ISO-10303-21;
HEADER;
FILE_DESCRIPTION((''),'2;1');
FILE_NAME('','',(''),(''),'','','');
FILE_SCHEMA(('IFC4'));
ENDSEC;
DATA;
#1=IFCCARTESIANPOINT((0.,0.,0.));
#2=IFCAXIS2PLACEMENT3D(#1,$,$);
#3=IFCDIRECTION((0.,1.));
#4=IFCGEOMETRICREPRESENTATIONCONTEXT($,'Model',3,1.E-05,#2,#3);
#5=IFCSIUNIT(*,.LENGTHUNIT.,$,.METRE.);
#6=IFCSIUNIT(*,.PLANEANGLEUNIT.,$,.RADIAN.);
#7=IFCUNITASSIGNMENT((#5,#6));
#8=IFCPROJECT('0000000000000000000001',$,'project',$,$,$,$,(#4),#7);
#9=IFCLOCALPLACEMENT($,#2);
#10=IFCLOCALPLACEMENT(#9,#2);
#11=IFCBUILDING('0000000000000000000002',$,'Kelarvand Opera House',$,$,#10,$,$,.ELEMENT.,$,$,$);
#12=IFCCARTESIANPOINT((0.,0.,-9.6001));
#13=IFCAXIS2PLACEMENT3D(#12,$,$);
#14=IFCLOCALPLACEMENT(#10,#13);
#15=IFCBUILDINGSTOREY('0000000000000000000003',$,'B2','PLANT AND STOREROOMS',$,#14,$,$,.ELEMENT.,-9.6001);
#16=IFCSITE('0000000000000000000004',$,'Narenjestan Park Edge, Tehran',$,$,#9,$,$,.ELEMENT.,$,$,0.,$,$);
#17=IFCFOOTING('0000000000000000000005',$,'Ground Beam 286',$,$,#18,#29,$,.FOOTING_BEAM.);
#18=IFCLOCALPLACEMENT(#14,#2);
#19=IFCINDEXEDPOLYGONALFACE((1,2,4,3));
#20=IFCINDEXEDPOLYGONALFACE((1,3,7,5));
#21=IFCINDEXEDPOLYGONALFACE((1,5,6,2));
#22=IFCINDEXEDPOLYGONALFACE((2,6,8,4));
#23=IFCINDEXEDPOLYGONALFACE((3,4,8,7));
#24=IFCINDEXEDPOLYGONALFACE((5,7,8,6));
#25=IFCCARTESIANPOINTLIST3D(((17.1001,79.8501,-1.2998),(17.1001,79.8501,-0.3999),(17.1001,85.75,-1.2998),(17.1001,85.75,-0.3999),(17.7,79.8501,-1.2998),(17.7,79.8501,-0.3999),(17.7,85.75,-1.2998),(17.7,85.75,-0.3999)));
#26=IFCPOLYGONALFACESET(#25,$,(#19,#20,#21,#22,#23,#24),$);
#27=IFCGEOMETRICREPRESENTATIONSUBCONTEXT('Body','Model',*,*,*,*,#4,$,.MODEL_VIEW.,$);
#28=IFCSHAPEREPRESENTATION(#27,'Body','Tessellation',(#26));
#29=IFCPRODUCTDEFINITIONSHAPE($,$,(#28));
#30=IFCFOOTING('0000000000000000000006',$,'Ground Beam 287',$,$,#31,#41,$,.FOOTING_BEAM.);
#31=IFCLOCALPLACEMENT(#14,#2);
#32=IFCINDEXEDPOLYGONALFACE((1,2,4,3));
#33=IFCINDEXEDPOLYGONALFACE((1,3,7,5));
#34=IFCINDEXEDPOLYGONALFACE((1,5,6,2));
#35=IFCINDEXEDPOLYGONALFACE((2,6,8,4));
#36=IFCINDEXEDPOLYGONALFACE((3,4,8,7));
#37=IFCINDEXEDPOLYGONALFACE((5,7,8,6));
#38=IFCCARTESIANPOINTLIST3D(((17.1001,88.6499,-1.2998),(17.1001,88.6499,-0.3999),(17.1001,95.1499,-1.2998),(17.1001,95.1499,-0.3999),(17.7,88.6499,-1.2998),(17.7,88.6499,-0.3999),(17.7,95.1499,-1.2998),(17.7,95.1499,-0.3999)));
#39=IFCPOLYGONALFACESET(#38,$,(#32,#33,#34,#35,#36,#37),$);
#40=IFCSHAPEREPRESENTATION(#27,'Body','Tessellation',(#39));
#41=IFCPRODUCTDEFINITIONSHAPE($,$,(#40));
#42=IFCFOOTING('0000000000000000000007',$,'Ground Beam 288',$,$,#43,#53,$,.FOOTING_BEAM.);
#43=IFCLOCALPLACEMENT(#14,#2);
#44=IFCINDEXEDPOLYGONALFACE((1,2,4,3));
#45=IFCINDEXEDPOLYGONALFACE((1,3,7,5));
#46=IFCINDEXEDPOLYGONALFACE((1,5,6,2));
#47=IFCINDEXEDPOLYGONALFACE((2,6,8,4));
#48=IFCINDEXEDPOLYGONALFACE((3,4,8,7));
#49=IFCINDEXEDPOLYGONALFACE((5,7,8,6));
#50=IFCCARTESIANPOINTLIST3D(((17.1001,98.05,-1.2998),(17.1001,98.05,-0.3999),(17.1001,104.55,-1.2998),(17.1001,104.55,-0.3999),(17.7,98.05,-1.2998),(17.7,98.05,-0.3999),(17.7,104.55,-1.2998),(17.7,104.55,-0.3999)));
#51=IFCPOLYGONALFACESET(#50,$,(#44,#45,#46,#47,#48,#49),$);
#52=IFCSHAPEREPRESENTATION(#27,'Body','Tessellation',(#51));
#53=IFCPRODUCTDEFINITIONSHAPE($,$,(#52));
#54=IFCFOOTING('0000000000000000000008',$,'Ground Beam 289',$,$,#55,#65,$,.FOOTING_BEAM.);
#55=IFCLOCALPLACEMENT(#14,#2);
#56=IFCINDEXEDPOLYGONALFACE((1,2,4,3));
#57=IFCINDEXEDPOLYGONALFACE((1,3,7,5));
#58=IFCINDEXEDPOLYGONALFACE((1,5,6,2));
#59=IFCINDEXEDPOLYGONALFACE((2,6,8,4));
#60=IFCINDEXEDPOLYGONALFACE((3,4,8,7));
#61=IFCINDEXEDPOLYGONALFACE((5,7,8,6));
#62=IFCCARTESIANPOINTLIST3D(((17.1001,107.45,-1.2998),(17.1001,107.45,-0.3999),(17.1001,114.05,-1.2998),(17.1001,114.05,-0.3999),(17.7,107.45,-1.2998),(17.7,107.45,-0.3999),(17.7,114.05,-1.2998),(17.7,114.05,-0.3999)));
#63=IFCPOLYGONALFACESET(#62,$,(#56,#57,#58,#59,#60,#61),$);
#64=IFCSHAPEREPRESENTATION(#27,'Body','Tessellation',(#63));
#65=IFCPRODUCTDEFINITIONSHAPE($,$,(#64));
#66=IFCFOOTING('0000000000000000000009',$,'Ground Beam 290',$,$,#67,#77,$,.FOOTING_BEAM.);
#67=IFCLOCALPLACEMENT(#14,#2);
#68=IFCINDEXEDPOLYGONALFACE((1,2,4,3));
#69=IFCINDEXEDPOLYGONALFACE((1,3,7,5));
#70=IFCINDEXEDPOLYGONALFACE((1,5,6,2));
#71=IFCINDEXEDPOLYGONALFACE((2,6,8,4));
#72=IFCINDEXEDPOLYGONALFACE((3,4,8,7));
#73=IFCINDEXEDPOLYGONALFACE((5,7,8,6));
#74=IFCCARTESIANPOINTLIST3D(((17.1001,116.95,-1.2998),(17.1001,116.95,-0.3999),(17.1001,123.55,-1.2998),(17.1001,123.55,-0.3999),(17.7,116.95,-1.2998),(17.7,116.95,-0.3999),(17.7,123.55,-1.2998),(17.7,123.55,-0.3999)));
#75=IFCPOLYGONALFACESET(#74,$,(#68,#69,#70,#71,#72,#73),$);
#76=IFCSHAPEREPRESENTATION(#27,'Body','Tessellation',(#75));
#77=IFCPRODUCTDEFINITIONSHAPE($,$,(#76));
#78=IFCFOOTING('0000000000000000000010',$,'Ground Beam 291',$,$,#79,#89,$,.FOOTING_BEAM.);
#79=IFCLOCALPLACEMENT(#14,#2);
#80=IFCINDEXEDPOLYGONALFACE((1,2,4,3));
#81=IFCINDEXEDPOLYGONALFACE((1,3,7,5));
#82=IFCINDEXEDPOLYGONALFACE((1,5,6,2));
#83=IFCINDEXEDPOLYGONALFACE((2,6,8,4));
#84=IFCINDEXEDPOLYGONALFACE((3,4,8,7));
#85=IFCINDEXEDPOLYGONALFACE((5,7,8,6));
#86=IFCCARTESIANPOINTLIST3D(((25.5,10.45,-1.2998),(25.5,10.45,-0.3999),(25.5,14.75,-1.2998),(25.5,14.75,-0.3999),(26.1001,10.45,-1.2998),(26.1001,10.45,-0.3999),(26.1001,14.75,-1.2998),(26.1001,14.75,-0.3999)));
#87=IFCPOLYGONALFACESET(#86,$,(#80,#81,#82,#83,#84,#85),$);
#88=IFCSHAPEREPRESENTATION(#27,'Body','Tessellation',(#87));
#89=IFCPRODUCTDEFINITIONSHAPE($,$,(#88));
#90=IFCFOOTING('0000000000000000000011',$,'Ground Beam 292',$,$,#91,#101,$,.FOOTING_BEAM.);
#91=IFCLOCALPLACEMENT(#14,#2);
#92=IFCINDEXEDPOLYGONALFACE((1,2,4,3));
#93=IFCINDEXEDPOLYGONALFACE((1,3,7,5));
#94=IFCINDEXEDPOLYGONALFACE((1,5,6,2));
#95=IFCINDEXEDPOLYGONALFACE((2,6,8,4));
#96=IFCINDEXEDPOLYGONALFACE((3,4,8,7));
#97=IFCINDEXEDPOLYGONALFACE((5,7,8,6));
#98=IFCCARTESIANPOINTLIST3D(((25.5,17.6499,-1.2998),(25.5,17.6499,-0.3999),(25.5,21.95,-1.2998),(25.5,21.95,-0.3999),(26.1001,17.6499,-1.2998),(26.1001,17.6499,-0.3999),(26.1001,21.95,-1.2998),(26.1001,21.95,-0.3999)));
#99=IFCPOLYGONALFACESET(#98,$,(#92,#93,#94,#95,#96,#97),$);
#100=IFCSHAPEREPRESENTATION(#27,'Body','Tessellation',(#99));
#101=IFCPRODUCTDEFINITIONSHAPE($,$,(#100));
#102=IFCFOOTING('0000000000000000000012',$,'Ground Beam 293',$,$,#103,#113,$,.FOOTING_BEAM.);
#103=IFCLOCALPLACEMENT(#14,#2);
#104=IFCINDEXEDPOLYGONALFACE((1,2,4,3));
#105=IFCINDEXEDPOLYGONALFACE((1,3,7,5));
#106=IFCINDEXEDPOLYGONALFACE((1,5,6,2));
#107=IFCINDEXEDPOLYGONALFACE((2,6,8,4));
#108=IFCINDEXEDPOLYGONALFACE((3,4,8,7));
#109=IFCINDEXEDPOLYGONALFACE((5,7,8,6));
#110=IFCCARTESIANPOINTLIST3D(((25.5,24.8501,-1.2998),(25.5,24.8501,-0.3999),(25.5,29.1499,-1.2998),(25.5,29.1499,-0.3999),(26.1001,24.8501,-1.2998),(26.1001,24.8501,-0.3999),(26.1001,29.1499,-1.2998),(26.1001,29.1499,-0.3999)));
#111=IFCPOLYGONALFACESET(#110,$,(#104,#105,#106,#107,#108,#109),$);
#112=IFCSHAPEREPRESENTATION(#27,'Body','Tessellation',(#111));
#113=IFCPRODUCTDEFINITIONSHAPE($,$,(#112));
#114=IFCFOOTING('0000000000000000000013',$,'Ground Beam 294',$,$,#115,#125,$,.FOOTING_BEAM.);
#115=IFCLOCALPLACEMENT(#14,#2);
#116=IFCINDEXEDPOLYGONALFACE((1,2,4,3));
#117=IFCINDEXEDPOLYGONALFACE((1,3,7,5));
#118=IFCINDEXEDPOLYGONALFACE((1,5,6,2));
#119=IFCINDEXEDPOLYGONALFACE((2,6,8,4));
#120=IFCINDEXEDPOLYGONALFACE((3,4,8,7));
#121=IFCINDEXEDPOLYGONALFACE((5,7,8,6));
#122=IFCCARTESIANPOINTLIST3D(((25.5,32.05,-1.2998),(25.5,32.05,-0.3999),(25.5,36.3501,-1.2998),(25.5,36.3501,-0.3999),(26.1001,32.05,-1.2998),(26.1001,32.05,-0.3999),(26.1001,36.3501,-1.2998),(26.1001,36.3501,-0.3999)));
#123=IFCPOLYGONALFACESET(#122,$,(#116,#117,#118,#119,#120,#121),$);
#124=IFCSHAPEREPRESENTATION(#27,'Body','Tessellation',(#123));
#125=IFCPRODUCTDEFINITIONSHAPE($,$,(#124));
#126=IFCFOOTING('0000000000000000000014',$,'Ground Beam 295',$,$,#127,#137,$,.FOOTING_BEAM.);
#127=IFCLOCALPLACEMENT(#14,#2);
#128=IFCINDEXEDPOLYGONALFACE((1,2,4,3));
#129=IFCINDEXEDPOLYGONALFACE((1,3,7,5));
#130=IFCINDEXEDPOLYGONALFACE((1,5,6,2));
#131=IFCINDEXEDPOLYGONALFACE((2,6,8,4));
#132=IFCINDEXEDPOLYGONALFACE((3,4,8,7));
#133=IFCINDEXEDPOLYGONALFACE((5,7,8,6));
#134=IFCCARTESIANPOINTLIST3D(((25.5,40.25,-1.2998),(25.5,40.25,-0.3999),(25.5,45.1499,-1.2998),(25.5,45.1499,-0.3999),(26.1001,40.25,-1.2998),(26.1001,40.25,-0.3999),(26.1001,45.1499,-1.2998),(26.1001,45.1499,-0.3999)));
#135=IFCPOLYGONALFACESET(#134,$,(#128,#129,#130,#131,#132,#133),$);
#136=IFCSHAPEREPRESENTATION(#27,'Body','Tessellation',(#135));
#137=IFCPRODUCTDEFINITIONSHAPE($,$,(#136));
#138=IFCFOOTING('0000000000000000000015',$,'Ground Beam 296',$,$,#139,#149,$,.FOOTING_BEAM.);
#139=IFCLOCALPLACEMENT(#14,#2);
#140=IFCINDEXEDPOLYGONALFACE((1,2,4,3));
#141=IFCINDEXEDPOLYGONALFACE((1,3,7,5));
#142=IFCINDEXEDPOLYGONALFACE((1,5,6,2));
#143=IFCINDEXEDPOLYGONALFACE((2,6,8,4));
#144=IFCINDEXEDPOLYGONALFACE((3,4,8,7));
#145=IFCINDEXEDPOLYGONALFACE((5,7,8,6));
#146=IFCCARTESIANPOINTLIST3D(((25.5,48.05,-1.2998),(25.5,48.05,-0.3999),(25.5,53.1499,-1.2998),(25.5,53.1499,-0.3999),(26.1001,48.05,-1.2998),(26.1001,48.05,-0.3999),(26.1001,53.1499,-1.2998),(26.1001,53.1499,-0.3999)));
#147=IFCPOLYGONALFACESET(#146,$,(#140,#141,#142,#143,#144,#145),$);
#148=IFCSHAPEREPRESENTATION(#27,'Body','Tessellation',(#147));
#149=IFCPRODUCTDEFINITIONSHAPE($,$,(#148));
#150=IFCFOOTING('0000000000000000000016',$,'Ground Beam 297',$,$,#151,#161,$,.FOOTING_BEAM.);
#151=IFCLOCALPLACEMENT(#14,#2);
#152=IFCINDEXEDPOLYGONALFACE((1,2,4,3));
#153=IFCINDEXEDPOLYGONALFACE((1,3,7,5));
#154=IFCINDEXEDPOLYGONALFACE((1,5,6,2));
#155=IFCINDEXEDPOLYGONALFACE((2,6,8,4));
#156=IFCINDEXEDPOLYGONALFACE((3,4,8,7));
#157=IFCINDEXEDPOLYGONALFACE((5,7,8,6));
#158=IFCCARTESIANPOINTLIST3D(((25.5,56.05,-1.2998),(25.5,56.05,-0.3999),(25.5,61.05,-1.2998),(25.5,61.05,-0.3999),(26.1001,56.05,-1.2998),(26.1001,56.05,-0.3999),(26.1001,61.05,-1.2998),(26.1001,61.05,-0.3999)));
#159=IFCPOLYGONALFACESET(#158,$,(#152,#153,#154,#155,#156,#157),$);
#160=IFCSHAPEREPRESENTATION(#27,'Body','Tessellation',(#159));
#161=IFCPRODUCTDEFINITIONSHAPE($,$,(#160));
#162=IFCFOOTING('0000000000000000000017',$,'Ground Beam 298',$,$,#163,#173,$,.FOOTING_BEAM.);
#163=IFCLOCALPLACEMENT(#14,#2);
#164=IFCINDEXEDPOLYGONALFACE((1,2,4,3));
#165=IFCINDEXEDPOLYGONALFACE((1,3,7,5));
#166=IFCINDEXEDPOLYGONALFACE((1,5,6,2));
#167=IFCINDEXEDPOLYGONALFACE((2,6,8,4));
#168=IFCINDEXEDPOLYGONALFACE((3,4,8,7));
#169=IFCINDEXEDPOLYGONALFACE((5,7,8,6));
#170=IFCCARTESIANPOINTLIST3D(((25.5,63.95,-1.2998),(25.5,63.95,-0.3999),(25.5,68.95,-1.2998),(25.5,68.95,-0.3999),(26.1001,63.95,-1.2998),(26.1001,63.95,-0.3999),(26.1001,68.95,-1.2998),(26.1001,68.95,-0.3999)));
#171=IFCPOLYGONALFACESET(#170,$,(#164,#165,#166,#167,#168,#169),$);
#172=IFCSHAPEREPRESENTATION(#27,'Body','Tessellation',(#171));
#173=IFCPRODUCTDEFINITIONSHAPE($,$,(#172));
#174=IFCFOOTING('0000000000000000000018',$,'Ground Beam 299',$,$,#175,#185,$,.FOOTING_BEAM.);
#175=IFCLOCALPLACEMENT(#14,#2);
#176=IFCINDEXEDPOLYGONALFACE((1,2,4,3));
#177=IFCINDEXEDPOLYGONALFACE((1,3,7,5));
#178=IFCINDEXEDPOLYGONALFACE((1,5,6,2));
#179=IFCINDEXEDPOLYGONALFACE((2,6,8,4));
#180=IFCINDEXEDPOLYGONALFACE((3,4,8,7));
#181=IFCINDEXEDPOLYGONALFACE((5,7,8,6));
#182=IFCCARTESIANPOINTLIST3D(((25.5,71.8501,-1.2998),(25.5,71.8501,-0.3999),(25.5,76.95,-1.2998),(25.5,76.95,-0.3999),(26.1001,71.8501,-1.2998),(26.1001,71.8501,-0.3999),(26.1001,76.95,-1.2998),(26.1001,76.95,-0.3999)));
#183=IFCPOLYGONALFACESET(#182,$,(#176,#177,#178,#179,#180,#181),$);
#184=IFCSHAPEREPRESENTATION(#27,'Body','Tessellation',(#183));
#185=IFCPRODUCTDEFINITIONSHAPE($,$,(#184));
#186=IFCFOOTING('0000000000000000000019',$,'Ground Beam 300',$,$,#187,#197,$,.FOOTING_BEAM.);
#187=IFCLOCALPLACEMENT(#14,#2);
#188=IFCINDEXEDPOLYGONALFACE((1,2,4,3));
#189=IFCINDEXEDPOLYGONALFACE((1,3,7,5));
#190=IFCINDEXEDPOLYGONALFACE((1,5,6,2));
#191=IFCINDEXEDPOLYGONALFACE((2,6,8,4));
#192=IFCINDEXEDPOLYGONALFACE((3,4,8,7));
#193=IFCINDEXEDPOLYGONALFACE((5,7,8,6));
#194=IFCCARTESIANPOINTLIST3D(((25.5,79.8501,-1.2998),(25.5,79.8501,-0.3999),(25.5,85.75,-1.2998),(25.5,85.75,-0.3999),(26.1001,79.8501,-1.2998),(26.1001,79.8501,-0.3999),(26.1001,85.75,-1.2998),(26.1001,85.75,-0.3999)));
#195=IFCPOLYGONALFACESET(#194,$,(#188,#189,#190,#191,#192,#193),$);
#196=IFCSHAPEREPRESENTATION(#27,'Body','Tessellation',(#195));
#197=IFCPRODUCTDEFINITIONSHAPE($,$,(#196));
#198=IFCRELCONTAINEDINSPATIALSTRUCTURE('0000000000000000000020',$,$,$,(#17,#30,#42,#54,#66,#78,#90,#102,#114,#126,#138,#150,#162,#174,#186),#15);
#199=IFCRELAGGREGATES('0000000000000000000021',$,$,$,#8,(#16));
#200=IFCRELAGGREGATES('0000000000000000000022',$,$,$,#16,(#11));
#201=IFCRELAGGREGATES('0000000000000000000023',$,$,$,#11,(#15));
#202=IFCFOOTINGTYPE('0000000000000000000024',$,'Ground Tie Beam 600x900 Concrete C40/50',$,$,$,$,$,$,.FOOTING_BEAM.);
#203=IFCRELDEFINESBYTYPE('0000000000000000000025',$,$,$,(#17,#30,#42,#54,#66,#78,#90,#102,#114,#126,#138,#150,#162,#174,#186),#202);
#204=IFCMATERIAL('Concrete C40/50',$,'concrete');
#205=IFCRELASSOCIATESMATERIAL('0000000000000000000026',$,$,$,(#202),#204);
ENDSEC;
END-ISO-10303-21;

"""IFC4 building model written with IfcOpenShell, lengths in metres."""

from ifc_helpers import new_model, si_unit, direction, frame, origin, place, context, subcontext, project, spatial, polyline, outline, extrude, material, type_object, element, save


model = new_model("IFC4")

# Units and contexts
model_context = context("Model", 3, precision=1e-05, world=origin(), true_north=direction((0.0, 1.0)))
body_context = subcontext(model_context, "Body", "Model", "MODEL_VIEW")
ifc_project = project(units=[si_unit("LENGTHUNIT", "METRE"), si_unit("PLANEANGLEUNIT", "RADIAN")], contexts=[model_context])

# Site, building, storey
site_placement = place(None, origin())
site = spatial("IfcSite", under=ifc_project, at=site_placement, Name="Narenjestan Park Edge, Tehran", CompositionType="ELEMENT", RefElevation=0.0)
building_placement = place(site_placement, origin())
building = spatial("IfcBuilding", under=site, at=building_placement, Name="Kelarvand Opera House", CompositionType="ELEMENT")
storey_placement = place(building_placement, frame((0.0, 0.0, -9.6001)))
storey = spatial("IfcBuildingStorey", under=building, at=storey_placement, Name="B2", Description="PLANT AND STOREROOMS", CompositionType="ELEMENT", Elevation=-9.6001)

# Footings
ifc_material = material(Name="Concrete C40/50", Category="concrete")
footing_type = type_object("IfcFootingType", Name="Ground Tie Beam 600x900 Concrete C40/50", PredefinedType="FOOTING_BEAM", material=ifc_material)
footing_1_placement = place(storey_placement, frame((0.0, 0.0, -1.2998)))
element("IfcFooting", 1, at=footing_1_placement, inside=storey, type_object=footing_type, Name="Ground Beam 286", PredefinedType="FOOTING_BEAM", context=body_context, shape_type="SweptSolid", body=[
    extrude(outline(polyline([(17.1001, 79.8501), (17.7, 79.8501), (17.7, 85.75), (17.1001, 85.75), (17.1001, 79.8501)])), origin(), (0.0, 0.0, 1.0), 0.8999),
])
footing_2_placement = place(storey_placement, frame((0.0, 0.0, -1.2998)))
element("IfcFooting", 2, at=footing_2_placement, inside=storey, type_object=footing_type, Name="Ground Beam 287", PredefinedType="FOOTING_BEAM", context=body_context, shape_type="SweptSolid", body=[
    extrude(outline(polyline([(17.1001, 88.6499), (17.7, 88.6499), (17.7, 95.1499), (17.1001, 95.1499), (17.1001, 88.6499)])), origin(), (0.0, 0.0, 1.0), 0.8999),
])
footing_3_placement = place(storey_placement, frame((0.0, 0.0, -1.2998)))
element("IfcFooting", 3, at=footing_3_placement, inside=storey, type_object=footing_type, Name="Ground Beam 288", PredefinedType="FOOTING_BEAM", context=body_context, shape_type="SweptSolid", body=[
    extrude(outline(polyline([(17.1001, 98.05), (17.7, 98.05), (17.7, 104.55), (17.1001, 104.55), (17.1001, 98.05)])), origin(), (0.0, 0.0, 1.0), 0.8999),
])
footing_4_placement = place(storey_placement, frame((0.0, 0.0, -1.2998)))
element("IfcFooting", 4, at=footing_4_placement, inside=storey, type_object=footing_type, Name="Ground Beam 289", PredefinedType="FOOTING_BEAM", context=body_context, shape_type="SweptSolid", body=[
    extrude(outline(polyline([(17.1001, 107.45), (17.7, 107.45), (17.7, 114.05), (17.1001, 114.05), (17.1001, 107.45)])), origin(), (0.0, 0.0, 1.0), 0.8999),
])
footing_5_placement = place(storey_placement, frame((0.0, 0.0, -1.2998)))
element("IfcFooting", 5, at=footing_5_placement, inside=storey, type_object=footing_type, Name="Ground Beam 290", PredefinedType="FOOTING_BEAM", context=body_context, shape_type="SweptSolid", body=[
    extrude(outline(polyline([(17.1001, 116.95), (17.7, 116.95), (17.7, 123.55), (17.1001, 123.55), (17.1001, 116.95)])), origin(), (0.0, 0.0, 1.0), 0.8999),
])
footing_6_placement = place(storey_placement, frame((0.0, 0.0, -1.2998)))
element("IfcFooting", 6, at=footing_6_placement, inside=storey, type_object=footing_type, Name="Ground Beam 291", PredefinedType="FOOTING_BEAM", context=body_context, shape_type="SweptSolid", body=[
    extrude(outline(polyline([(25.5, 10.45), (26.1001, 10.45), (26.1001, 14.75), (25.5, 14.75), (25.5, 10.45)])), origin(), (0.0, 0.0, 1.0), 0.8999),
])
footing_7_placement = place(storey_placement, frame((0.0, 0.0, -1.2998)))
element("IfcFooting", 7, at=footing_7_placement, inside=storey, type_object=footing_type, Name="Ground Beam 292", PredefinedType="FOOTING_BEAM", context=body_context, shape_type="SweptSolid", body=[
    extrude(outline(polyline([(25.5, 17.6499), (26.1001, 17.6499), (26.1001, 21.95), (25.5, 21.95), (25.5, 17.6499)])), origin(), (0.0, 0.0, 1.0), 0.8999),
])
footing_8_placement = place(storey_placement, frame((0.0, 0.0, -1.2998)))
element("IfcFooting", 8, at=footing_8_placement, inside=storey, type_object=footing_type, Name="Ground Beam 293", PredefinedType="FOOTING_BEAM", context=body_context, shape_type="SweptSolid", body=[
    extrude(outline(polyline([(25.5, 24.8501), (26.1001, 24.8501), (26.1001, 29.1499), (25.5, 29.1499), (25.5, 24.8501)])), origin(), (0.0, 0.0, 1.0), 0.8999),
])
footing_9_placement = place(storey_placement, frame((0.0, 0.0, -1.2998)))
element("IfcFooting", 9, at=footing_9_placement, inside=storey, type_object=footing_type, Name="Ground Beam 294", PredefinedType="FOOTING_BEAM", context=body_context, shape_type="SweptSolid", body=[
    extrude(outline(polyline([(25.5, 32.05), (26.1001, 32.05), (26.1001, 36.3501), (25.5, 36.3501), (25.5, 32.05)])), origin(), (0.0, 0.0, 1.0), 0.8999),
])
footing_10_placement = place(storey_placement, frame((0.0, 0.0, -1.2998)))
element("IfcFooting", 10, at=footing_10_placement, inside=storey, type_object=footing_type, Name="Ground Beam 295", PredefinedType="FOOTING_BEAM", context=body_context, shape_type="SweptSolid", body=[
    extrude(outline(polyline([(25.5, 40.25), (26.1001, 40.25), (26.1001, 45.1499), (25.5, 45.1499), (25.5, 40.25)])), origin(), (0.0, 0.0, 1.0), 0.8999),
])
footing_11_placement = place(storey_placement, frame((0.0, 0.0, -1.2998)))
element("IfcFooting", 11, at=footing_11_placement, inside=storey, type_object=footing_type, Name="Ground Beam 296", PredefinedType="FOOTING_BEAM", context=body_context, shape_type="SweptSolid", body=[
    extrude(outline(polyline([(25.5, 48.05), (26.1001, 48.05), (26.1001, 53.1499), (25.5, 53.1499), (25.5, 48.05)])), origin(), (0.0, 0.0, 1.0), 0.8999),
])
footing_12_placement = place(storey_placement, frame((0.0, 0.0, -1.2998)))
element("IfcFooting", 12, at=footing_12_placement, inside=storey, type_object=footing_type, Name="Ground Beam 297", PredefinedType="FOOTING_BEAM", context=body_context, shape_type="SweptSolid", body=[
    extrude(outline(polyline([(25.5, 56.05), (26.1001, 56.05), (26.1001, 61.05), (25.5, 61.05), (25.5, 56.05)])), origin(), (0.0, 0.0, 1.0), 0.8999),
])
footing_13_placement = place(storey_placement, frame((0.0, 0.0, -1.2998)))
element("IfcFooting", 13, at=footing_13_placement, inside=storey, type_object=footing_type, Name="Ground Beam 298", PredefinedType="FOOTING_BEAM", context=body_context, shape_type="SweptSolid", body=[
    extrude(outline(polyline([(25.5, 63.95), (26.1001, 63.95), (26.1001, 68.95), (25.5, 68.95), (25.5, 63.95)])), origin(), (0.0, 0.0, 1.0), 0.8999),
])
footing_14_placement = place(storey_placement, frame((0.0, 0.0, -1.2998)))
element("IfcFooting", 14, at=footing_14_placement, inside=storey, type_object=footing_type, Name="Ground Beam 299", PredefinedType="FOOTING_BEAM", context=body_context, shape_type="SweptSolid", body=[
    extrude(outline(polyline([(25.5, 71.8501), (26.1001, 71.8501), (26.1001, 76.95), (25.5, 76.95), (25.5, 71.8501)])), origin(), (0.0, 0.0, 1.0), 0.8999),
])
footing_15_placement = place(storey_placement, frame((0.0, 0.0, -1.2998)))
element("IfcFooting", 15, at=footing_15_placement, inside=storey, type_object=footing_type, Name="Ground Beam 300", PredefinedType="FOOTING_BEAM", context=body_context, shape_type="SweptSolid", body=[
    extrude(outline(polyline([(25.5, 79.8501), (26.1001, 79.8501), (26.1001, 85.75), (25.5, 85.75), (25.5, 79.8501)])), origin(), (0.0, 0.0, 1.0), 0.8999),
])

save(model, "model.ifc")
